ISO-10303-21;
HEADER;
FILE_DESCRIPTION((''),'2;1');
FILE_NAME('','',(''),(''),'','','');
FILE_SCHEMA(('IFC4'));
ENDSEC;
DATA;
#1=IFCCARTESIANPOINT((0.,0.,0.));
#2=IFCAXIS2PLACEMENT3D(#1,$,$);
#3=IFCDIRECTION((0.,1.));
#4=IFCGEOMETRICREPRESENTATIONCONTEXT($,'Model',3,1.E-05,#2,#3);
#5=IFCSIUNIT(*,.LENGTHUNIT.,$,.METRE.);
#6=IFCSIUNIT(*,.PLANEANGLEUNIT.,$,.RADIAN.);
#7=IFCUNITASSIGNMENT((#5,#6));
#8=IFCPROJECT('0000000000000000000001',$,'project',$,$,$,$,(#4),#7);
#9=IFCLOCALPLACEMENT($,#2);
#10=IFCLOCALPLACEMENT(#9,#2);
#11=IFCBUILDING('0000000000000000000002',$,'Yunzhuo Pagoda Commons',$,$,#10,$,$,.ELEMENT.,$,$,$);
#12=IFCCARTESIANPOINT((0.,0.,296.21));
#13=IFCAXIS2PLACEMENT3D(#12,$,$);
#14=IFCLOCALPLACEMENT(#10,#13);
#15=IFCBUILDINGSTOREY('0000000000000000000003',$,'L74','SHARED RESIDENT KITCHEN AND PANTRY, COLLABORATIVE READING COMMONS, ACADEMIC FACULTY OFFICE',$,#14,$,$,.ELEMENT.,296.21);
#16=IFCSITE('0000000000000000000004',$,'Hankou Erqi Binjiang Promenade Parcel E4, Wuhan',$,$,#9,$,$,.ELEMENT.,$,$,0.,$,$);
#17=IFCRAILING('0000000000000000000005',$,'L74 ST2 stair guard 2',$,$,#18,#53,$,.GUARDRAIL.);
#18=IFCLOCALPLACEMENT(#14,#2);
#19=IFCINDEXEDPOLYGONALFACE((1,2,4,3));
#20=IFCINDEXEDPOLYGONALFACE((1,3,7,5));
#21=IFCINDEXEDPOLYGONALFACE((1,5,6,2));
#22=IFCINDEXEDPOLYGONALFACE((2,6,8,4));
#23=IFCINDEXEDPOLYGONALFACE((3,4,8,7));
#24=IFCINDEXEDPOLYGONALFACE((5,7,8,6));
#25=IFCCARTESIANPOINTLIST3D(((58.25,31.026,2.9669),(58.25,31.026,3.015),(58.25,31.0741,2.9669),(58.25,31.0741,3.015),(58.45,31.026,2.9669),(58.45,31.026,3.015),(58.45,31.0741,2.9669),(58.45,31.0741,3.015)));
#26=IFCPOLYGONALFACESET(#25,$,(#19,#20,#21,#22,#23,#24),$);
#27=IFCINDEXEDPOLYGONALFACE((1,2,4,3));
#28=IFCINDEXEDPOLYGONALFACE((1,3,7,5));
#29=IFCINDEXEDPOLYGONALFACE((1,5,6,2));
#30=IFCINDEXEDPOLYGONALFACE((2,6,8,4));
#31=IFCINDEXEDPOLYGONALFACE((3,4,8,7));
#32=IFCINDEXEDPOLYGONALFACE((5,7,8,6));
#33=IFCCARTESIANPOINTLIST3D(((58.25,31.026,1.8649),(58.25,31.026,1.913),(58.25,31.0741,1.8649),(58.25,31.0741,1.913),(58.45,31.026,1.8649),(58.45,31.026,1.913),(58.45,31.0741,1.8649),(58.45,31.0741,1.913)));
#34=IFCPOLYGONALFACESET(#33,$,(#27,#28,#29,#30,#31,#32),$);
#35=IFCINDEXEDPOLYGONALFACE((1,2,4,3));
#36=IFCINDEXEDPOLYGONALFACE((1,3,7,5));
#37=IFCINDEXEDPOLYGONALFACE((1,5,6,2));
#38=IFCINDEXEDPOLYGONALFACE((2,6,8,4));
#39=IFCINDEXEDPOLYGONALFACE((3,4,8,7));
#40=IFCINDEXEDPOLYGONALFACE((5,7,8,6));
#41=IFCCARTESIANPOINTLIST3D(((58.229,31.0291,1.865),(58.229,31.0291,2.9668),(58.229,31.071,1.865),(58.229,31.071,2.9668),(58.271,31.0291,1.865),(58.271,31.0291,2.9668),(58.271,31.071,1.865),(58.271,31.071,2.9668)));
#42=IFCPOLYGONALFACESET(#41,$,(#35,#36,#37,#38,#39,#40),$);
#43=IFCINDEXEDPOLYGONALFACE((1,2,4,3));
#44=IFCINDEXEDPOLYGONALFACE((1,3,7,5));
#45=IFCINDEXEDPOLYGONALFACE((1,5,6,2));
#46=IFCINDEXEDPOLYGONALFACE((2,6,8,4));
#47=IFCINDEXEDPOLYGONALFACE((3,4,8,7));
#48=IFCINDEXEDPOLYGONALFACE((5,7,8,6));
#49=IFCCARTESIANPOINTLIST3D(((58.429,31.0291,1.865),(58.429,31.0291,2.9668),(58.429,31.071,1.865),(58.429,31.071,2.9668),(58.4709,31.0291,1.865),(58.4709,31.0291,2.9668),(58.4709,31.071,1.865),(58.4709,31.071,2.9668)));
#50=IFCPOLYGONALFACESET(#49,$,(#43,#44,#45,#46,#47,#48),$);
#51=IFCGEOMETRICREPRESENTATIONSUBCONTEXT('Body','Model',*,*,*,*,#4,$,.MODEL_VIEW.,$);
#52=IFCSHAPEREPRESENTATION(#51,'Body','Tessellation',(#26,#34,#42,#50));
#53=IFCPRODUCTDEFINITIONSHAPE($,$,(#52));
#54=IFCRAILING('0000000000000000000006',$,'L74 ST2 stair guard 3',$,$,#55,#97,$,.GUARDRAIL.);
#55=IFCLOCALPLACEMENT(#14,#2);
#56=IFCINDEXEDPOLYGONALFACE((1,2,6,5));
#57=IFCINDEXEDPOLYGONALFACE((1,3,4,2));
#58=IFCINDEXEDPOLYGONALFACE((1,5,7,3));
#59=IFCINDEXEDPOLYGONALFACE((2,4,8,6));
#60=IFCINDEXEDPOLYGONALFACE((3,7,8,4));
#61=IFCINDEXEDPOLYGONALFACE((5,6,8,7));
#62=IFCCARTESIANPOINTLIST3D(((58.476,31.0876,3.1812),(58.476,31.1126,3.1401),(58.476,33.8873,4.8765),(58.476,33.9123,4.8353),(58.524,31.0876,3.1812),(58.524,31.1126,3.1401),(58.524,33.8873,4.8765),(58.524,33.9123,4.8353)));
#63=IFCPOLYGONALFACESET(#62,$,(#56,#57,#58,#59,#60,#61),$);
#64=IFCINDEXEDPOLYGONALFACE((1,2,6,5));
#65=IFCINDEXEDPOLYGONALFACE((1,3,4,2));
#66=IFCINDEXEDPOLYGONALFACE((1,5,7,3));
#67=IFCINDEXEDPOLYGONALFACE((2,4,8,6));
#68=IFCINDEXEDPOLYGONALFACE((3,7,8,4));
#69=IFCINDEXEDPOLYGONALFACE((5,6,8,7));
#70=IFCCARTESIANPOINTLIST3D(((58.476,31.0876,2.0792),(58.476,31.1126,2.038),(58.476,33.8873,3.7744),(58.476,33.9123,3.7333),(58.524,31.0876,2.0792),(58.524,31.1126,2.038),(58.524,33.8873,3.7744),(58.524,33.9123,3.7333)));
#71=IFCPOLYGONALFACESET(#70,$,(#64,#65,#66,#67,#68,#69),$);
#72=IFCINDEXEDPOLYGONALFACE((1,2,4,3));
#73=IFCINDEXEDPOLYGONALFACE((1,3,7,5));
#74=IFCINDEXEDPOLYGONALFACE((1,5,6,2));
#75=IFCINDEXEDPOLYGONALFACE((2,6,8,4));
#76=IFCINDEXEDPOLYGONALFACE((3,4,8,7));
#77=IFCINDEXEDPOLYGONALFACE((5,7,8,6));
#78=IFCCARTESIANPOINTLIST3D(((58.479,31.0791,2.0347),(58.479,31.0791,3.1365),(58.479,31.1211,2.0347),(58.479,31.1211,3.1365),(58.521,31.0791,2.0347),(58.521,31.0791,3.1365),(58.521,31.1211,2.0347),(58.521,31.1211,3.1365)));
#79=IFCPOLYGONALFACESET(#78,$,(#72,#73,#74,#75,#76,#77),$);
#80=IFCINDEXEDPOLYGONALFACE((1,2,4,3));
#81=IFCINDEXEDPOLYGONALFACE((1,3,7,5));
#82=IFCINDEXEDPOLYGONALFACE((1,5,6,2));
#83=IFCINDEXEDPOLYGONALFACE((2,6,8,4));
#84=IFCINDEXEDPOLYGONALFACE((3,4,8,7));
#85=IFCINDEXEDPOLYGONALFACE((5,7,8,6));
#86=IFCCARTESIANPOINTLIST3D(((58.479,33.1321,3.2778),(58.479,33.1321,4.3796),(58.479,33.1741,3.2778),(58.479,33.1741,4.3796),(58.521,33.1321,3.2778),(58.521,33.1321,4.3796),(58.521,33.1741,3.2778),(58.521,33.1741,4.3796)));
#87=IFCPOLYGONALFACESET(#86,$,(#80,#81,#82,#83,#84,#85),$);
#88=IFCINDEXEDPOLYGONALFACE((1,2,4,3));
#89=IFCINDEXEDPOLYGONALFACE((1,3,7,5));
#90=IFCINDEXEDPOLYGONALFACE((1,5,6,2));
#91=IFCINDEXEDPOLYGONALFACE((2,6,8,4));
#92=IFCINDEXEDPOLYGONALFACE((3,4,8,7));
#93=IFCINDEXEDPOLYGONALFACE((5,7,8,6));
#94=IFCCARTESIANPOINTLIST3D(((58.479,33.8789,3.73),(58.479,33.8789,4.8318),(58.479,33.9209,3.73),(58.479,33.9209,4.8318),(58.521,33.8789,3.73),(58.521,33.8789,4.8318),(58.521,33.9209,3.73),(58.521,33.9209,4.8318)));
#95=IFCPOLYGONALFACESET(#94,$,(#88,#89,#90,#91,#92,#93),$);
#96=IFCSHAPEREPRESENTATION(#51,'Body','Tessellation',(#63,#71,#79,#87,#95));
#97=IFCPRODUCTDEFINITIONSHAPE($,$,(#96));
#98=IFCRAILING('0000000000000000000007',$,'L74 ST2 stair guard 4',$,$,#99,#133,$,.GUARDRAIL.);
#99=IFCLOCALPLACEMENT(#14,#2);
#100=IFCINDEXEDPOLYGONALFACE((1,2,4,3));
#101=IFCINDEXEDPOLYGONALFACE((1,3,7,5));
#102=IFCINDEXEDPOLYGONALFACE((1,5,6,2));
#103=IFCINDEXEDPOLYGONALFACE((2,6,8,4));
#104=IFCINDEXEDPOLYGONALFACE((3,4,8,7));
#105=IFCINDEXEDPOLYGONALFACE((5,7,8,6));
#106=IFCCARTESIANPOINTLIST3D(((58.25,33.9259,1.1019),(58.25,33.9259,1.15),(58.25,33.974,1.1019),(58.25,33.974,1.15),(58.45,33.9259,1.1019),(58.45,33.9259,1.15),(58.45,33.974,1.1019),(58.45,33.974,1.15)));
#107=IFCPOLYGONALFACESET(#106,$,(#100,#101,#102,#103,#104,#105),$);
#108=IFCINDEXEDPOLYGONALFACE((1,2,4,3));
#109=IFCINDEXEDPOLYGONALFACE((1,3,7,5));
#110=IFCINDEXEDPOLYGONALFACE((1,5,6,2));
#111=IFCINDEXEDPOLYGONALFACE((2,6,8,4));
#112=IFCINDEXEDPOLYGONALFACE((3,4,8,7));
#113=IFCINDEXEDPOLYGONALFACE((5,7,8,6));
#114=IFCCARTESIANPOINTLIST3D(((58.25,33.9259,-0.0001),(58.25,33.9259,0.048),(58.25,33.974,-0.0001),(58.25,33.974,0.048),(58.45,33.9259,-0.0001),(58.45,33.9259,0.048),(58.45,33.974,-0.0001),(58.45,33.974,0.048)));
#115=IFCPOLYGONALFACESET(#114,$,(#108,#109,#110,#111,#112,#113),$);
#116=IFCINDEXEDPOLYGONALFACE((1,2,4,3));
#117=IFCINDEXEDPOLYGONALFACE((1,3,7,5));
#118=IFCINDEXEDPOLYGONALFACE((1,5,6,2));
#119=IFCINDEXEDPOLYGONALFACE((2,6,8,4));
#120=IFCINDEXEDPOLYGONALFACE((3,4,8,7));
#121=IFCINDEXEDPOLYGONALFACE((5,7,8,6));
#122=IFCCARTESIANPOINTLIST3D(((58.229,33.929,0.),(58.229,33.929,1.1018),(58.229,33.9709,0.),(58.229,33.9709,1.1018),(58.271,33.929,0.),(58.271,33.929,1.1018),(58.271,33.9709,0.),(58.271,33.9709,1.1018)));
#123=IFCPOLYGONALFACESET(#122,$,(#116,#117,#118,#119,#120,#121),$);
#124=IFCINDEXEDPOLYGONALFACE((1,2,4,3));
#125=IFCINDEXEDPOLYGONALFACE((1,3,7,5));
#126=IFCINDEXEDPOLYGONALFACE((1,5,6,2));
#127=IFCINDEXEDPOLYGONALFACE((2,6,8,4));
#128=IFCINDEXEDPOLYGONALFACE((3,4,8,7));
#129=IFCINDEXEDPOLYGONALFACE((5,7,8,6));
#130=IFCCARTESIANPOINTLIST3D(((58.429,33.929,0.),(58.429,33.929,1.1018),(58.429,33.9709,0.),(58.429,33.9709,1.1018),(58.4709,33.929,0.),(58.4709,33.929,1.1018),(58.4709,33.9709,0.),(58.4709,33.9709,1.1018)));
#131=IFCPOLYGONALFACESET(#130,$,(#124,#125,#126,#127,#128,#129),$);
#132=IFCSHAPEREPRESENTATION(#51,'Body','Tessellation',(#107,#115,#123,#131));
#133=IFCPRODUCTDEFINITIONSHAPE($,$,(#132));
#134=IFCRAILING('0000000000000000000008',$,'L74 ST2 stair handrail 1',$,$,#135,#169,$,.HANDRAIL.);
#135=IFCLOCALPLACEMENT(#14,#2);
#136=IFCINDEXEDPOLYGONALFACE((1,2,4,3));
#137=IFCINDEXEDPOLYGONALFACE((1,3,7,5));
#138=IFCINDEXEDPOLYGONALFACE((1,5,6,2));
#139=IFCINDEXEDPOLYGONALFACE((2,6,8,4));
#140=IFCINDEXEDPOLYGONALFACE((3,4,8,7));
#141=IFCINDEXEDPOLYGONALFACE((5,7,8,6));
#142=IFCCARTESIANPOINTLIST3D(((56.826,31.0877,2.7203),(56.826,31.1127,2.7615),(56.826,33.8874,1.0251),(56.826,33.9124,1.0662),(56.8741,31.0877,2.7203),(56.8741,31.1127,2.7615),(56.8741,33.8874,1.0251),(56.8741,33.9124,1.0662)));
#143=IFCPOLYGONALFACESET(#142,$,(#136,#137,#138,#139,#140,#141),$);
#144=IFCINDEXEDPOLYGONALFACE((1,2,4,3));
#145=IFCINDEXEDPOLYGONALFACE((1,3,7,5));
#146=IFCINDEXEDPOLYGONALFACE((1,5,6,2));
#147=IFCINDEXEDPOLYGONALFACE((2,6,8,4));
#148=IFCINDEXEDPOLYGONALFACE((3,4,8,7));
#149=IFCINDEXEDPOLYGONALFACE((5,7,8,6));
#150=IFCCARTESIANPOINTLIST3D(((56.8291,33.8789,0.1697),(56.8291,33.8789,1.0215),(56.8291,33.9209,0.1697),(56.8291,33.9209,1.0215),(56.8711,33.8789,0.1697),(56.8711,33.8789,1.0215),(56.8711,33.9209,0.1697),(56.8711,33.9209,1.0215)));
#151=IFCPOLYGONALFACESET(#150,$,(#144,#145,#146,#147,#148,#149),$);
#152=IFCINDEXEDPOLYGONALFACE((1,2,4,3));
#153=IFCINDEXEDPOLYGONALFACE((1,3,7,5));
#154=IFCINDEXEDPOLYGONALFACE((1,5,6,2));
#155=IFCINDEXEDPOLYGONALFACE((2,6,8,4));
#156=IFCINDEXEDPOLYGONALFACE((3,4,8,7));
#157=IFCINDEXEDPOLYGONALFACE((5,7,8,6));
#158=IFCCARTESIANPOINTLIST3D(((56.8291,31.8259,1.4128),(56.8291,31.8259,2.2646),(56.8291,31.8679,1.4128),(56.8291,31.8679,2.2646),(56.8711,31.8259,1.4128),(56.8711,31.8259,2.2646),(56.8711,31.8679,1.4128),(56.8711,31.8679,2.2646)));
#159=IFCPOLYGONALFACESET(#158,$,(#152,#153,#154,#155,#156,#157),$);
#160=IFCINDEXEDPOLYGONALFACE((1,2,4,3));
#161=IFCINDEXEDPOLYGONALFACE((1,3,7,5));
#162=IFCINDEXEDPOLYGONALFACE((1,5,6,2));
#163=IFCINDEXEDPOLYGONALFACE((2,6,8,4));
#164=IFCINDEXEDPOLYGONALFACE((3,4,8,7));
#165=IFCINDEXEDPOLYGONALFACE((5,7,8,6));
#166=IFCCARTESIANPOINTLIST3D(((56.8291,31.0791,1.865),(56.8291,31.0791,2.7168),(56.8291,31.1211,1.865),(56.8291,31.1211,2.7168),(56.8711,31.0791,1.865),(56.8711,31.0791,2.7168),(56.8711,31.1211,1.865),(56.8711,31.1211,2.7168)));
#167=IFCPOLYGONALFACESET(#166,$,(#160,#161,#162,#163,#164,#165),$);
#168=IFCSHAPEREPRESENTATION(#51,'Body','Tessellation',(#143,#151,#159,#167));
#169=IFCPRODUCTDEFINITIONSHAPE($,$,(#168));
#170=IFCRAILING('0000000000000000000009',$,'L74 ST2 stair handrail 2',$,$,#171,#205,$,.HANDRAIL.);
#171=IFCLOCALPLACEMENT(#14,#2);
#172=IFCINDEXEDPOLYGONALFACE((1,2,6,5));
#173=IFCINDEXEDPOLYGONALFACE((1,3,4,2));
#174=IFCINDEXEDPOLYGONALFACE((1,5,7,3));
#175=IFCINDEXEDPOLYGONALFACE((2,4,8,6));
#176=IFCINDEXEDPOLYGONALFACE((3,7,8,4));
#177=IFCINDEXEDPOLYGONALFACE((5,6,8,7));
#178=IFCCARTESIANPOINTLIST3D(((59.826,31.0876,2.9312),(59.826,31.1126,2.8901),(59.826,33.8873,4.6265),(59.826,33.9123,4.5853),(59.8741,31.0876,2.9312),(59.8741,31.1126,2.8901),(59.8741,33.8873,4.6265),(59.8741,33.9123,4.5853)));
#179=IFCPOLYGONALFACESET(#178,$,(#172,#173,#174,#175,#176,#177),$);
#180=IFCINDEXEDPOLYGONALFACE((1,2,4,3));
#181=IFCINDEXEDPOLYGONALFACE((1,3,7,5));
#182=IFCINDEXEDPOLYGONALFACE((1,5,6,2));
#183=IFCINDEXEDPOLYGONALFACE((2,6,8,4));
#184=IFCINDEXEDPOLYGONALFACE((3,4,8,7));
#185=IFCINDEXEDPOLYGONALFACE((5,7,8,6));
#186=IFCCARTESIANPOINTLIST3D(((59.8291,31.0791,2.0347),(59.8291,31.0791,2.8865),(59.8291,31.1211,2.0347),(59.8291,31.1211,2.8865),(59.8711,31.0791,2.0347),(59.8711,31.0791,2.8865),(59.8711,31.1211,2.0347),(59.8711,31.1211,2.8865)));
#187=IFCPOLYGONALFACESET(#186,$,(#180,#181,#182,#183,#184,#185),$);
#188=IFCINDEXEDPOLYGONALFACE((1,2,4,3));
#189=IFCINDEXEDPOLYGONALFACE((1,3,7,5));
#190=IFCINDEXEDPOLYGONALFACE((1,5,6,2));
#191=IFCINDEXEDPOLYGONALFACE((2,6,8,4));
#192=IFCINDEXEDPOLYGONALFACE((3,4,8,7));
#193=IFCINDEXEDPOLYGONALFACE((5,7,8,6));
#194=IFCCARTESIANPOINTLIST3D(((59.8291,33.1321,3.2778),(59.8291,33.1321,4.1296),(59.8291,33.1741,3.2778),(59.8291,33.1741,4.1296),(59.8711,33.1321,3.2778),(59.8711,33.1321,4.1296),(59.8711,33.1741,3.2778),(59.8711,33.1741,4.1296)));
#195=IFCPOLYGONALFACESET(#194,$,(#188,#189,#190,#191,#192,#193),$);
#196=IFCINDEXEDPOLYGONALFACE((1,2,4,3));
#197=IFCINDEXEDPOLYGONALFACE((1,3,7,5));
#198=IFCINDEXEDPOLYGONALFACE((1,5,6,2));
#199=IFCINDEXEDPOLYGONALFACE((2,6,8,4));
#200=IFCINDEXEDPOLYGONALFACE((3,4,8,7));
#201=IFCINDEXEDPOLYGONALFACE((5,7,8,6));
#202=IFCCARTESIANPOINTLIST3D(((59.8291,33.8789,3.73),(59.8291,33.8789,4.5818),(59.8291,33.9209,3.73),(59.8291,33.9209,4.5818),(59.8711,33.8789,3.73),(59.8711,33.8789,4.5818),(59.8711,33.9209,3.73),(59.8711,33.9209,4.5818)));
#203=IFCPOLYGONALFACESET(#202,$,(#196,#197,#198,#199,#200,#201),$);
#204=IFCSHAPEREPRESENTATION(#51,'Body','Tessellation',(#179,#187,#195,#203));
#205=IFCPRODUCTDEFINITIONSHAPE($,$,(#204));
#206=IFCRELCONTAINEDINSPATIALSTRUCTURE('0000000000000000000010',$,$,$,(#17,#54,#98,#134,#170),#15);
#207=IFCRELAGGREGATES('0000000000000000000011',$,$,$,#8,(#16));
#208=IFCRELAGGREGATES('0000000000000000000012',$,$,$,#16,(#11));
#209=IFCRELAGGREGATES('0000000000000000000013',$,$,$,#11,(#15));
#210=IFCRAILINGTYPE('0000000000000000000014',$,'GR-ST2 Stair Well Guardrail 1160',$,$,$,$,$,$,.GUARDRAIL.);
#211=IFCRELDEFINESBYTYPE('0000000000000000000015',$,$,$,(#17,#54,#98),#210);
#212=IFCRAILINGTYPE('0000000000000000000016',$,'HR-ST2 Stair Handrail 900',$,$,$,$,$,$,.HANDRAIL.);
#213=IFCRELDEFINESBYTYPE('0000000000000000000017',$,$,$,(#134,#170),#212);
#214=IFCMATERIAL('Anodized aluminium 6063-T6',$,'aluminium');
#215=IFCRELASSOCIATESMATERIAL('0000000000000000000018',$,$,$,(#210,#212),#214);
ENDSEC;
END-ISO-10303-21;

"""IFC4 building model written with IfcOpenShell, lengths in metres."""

from ifc_helpers import new_model, si_unit, direction, frame, origin, origin_2d, place, context, subcontext, project, spatial, rectangle, extrude, material, type_object, element, save


model = new_model("IFC4")

# Units and contexts
model_context = context("Model", 3, precision=1e-05, world=origin(), true_north=direction((0.0, 1.0)))
body_context = subcontext(model_context, "Body", "Model", "MODEL_VIEW")
ifc_project = project(units=[si_unit("LENGTHUNIT", "METRE"), si_unit("PLANEANGLEUNIT", "RADIAN")], contexts=[model_context])

# Site, building, storey
site_placement = place(None, origin())
site = spatial("IfcSite", under=ifc_project, at=site_placement, Name="Hankou Erqi Binjiang Promenade Parcel E4, Wuhan", CompositionType="ELEMENT", RefElevation=0.0)
building_placement = place(site_placement, origin())
building = spatial("IfcBuilding", under=site, at=building_placement, Name="Yunzhuo Pagoda Commons", CompositionType="ELEMENT")
storey_placement = place(building_placement, frame((0.0, 0.0, 296.21)))
storey = spatial("IfcBuildingStorey", under=building, at=storey_placement, Name="L74", Description="SHARED RESIDENT KITCHEN AND PANTRY, COLLABORATIVE READING COMMONS, ACADEMIC FACULTY OFFICE", CompositionType="ELEMENT", Elevation=296.21)

# Railings
ifc_material_1 = material(Name="Anodized aluminium 6063-T6", Category="aluminium")
railing_type_1 = type_object("IfcRailingType", Name="GR-ST2 Stair Well Guardrail 1160", PredefinedType="GUARDRAIL", material=ifc_material_1)
railing_1_placement = place(storey_placement, frame((58.25, 31.05, 1.865)))
element("IfcRailing", 1, at=railing_1_placement, inside=storey, type_object=railing_type_1, Name="L74 ST2 stair guard 2", PredefinedType="GUARDRAIL", context=body_context, shape_type="SweptSolid", body=[
    extrude(rectangle(XDim=0.0481, YDim=0.0481, at=origin_2d()), frame((0.0, 0.0, 1.126), z_axis=(1.0, 0.0, 0.0), x_axis=(0.0, 1.0, 0.0)), (0.0, 0.0, 1.0), 0.2),
    extrude(rectangle(XDim=0.0481, YDim=0.0481, at=origin_2d()), frame((0.0, 0.0, 0.0239), z_axis=(1.0, 0.0, 0.0), x_axis=(0.0, 1.0, 0.0)), (0.0, 0.0, 1.0), 0.2),
    extrude(rectangle(XDim=0.042, YDim=0.042, at=origin_2d()), origin(), (0.0, 0.0, 1.0), 1.1018),
    extrude(rectangle(XDim=0.042, YDim=0.042, at=origin_2d()), frame((0.2, 0.0, 0.0)), (0.0, 0.0, 1.0), 1.1018),
])
railing_2_placement = place(storey_placement, frame((58.5, 31.1001, 2.0347)))
element("IfcRailing", 2, at=railing_2_placement, inside=storey, type_object=railing_type_1, Name="L74 ST2 stair guard 3", PredefinedType="GUARDRAIL", context=body_context, shape_type="SweptSolid", body=[
    extrude(rectangle(XDim=0.0481, YDim=0.0481, at=origin_2d()), frame((0.0, 0.0, 1.126), z_axis=(0.0, 0.855406, 0.517958), x_axis=(-1.0, 0.0, 0.0)), (0.0, 0.0, 1.0), 3.2729),
    extrude(rectangle(XDim=0.0481, YDim=0.0481, at=origin_2d()), frame((0.0, 0.0, 0.0239), z_axis=(0.0, 0.855406, 0.517958), x_axis=(-1.0, 0.0, 0.0)), (0.0, 0.0, 1.0), 3.2729),
    extrude(rectangle(XDim=0.042, YDim=0.042, at=origin_2d()), origin(), (0.0, 0.0, 1.0), 1.1018),
    extrude(rectangle(XDim=0.042, YDim=0.042, at=origin_2d()), frame((0.0, 2.053, 1.2432)), (0.0, 0.0, 1.0), 1.1018),
    extrude(rectangle(XDim=0.042, YDim=0.042, at=origin_2d()), frame((0.0, 2.7998, 1.6953)), (0.0, 0.0, 1.0), 1.1018),
])
railing_3_placement = place(storey_placement, frame((58.25, 33.95, 0.0)))
element("IfcRailing", 3, at=railing_3_placement, inside=storey, type_object=railing_type_1, Name="L74 ST2 stair guard 4", PredefinedType="GUARDRAIL", context=body_context, shape_type="SweptSolid", body=[
    extrude(rectangle(XDim=0.0481, YDim=0.0481, at=origin_2d()), frame((0.0, 0.0, 1.126), z_axis=(1.0, 0.0, 0.0), x_axis=(0.0, 1.0, 0.0)), (0.0, 0.0, 1.0), 0.2),
    extrude(rectangle(XDim=0.0481, YDim=0.0481, at=origin_2d()), frame((0.0, 0.0, 0.0239), z_axis=(1.0, 0.0, 0.0), x_axis=(0.0, 1.0, 0.0)), (0.0, 0.0, 1.0), 0.2),
    extrude(rectangle(XDim=0.042, YDim=0.042, at=origin_2d()), origin(), (0.0, 0.0, 1.0), 1.1018),
    extrude(rectangle(XDim=0.042, YDim=0.042, at=origin_2d()), frame((0.2, 0.0, 0.0)), (0.0, 0.0, 1.0), 1.1018),
])
railing_type_2 = type_object("IfcRailingType", Name="HR-ST2 Stair Handrail 900", PredefinedType="HANDRAIL", material=ifc_material_1)
railing_4_placement = place(storey_placement, frame((56.8501, 33.8999, 0.1697)))
element("IfcRailing", 4, at=railing_4_placement, inside=storey, type_object=railing_type_2, Name="L74 ST2 stair handrail 1", PredefinedType="HANDRAIL", context=body_context, shape_type="SweptSolid", body=[
    extrude(rectangle(XDim=0.0481, YDim=0.0481, at=origin_2d()), frame((0.0, 0.0, 0.876), z_axis=(0.0, -0.855406, 0.517958), x_axis=(1.0, 0.0, 0.0)), (0.0, 0.0, 1.0), 3.2729),
    extrude(rectangle(XDim=0.042, YDim=0.042, at=origin_2d()), origin(), (0.0, 0.0, 1.0), 0.8518),
    extrude(rectangle(XDim=0.042, YDim=0.042, at=origin_2d()), frame((0.0, -2.053, 1.2432)), (0.0, 0.0, 1.0), 0.8518),
    extrude(rectangle(XDim=0.042, YDim=0.042, at=origin_2d()), frame((0.0, -2.7998, 1.6953)), (0.0, 0.0, 1.0), 0.8518),
])
railing_5_placement = place(storey_placement, frame((59.8501, 31.1001, 2.0347)))
element("IfcRailing", 5, at=railing_5_placement, inside=storey, type_object=railing_type_2, Name="L74 ST2 stair handrail 2", PredefinedType="HANDRAIL", context=body_context, shape_type="SweptSolid", body=[
    extrude(rectangle(XDim=0.0481, YDim=0.0481, at=origin_2d()), frame((0.0, 0.0, 0.876), z_axis=(0.0, 0.855406, 0.517958), x_axis=(-1.0, 0.0, 0.0)), (0.0, 0.0, 1.0), 3.2729),
    extrude(rectangle(XDim=0.042, YDim=0.042, at=origin_2d()), origin(), (0.0, 0.0, 1.0), 0.8518),
    extrude(rectangle(XDim=0.042, YDim=0.042, at=origin_2d()), frame((0.0, 2.053, 1.2432)), (0.0, 0.0, 1.0), 0.8518),
    extrude(rectangle(XDim=0.042, YDim=0.042, at=origin_2d()), frame((0.0, 2.7998, 1.6953)), (0.0, 0.0, 1.0), 0.8518),
])

save(model, "model.ifc")
